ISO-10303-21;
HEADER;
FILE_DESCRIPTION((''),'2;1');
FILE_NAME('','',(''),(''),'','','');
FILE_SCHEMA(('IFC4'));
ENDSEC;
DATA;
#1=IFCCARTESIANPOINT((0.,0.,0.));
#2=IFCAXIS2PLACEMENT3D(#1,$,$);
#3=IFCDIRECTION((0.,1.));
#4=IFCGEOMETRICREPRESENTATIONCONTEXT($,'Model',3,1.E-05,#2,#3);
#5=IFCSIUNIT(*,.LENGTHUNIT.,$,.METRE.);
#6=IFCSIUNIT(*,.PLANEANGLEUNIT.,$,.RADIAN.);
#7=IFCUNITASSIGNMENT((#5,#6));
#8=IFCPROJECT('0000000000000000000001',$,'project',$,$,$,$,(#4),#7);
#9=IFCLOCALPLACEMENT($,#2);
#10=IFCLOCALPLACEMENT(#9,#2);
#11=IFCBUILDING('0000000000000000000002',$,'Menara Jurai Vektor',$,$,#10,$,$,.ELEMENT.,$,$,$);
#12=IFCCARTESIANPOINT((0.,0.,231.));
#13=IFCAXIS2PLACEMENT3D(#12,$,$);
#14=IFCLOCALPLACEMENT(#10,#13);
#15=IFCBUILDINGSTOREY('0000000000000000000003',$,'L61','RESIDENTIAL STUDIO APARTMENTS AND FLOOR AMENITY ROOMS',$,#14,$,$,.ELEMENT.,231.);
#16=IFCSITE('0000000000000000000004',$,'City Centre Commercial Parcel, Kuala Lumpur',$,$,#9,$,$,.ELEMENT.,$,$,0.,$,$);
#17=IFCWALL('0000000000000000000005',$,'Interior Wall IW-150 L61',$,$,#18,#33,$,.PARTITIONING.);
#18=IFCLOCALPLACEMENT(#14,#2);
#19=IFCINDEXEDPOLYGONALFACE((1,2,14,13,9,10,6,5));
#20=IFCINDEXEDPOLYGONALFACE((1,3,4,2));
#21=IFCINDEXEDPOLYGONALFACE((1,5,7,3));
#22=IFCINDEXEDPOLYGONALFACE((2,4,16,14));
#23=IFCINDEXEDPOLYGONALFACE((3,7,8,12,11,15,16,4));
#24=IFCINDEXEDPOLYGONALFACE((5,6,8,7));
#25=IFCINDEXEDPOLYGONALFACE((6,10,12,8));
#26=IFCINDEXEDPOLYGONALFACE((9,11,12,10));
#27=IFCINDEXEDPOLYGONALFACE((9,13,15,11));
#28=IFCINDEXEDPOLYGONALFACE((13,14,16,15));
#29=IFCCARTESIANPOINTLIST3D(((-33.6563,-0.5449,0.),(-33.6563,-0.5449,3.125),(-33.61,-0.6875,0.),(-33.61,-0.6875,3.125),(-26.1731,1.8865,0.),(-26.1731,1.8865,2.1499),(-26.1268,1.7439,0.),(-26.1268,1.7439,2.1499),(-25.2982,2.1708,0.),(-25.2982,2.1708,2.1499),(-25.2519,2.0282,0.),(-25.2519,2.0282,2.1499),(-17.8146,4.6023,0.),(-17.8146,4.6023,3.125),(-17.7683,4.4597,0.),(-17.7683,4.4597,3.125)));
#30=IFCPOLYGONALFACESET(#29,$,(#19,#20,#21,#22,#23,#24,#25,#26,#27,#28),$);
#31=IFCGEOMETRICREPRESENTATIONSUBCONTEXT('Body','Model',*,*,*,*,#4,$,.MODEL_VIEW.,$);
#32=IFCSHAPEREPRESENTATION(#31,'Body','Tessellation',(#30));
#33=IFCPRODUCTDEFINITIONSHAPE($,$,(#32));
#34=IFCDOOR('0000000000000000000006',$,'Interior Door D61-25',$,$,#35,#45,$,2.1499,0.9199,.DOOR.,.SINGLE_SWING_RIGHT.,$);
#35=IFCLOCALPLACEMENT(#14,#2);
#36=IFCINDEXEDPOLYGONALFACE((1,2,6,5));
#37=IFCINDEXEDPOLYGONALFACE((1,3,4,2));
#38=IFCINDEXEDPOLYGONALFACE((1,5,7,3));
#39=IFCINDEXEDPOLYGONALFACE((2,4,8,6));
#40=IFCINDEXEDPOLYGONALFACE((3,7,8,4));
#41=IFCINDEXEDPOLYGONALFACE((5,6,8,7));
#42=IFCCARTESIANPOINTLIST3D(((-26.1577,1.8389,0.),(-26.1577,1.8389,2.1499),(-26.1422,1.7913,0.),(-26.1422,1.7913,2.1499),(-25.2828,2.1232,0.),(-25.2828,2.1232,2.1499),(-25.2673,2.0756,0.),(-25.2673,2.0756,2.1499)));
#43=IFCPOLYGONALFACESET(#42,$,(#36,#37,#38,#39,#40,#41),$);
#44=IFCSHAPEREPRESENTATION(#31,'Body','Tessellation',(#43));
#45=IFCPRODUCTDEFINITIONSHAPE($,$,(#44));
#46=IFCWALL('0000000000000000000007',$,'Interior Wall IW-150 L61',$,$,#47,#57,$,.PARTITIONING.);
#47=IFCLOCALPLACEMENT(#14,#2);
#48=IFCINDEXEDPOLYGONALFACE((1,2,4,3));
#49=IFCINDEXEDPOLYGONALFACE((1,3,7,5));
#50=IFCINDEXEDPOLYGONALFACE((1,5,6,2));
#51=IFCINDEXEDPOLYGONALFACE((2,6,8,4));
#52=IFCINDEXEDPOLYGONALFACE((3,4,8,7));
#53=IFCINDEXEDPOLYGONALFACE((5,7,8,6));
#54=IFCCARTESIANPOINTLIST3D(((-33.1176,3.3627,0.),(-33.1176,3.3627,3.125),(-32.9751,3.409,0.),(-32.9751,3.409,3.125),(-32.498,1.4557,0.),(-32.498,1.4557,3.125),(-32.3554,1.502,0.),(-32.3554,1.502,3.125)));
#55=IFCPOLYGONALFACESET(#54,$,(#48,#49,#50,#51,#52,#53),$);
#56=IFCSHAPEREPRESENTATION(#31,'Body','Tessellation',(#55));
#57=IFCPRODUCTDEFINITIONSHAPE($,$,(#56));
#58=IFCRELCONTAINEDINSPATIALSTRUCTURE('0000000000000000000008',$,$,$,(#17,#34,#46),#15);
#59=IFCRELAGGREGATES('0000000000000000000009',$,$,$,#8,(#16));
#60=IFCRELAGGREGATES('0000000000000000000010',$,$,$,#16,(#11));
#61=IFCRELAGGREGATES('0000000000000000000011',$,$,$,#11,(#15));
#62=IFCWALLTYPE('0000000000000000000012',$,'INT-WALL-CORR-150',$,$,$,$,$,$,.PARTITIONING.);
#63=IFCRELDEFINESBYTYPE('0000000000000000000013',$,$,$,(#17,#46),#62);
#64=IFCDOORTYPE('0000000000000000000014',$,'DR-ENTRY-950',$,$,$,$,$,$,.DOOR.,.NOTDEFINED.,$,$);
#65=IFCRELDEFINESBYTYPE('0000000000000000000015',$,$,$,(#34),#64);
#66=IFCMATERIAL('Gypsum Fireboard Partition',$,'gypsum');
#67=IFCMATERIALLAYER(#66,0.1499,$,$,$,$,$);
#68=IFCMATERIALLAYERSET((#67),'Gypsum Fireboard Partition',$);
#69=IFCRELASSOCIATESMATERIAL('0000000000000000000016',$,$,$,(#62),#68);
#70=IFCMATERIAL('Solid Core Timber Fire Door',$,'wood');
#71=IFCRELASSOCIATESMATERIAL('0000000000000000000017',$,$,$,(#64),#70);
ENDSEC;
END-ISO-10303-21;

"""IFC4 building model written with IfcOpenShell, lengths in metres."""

from ifc_helpers import new_model, si_unit, direction, frame, frame_2d, origin, place, context, subcontext, project, spatial, rectangle, extrude, material, layer, layer_set, type_object, element, fill, save


model = new_model("IFC4")

# Units and contexts
model_context = context("Model", 3, precision=1e-05, world=origin(), true_north=direction((0.0, 1.0)))
body_context = subcontext(model_context, "Body", "Model", "MODEL_VIEW")
ifc_project = project(units=[si_unit("LENGTHUNIT", "METRE"), si_unit("PLANEANGLEUNIT", "RADIAN")], contexts=[model_context])

# Site, building, storey
site_placement = place(None, origin())
site = spatial("IfcSite", under=ifc_project, at=site_placement, Name="City Centre Commercial Parcel, Kuala Lumpur", CompositionType="ELEMENT", RefElevation=0.0)
building_placement = place(site_placement, origin())
building = spatial("IfcBuilding", under=site, at=building_placement, Name="Menara Jurai Vektor", CompositionType="ELEMENT")
storey_placement = place(building_placement, frame((0.0, 0.0, 231.0)))
storey = spatial("IfcBuildingStorey", under=building, at=storey_placement, Name="L61", Description="RESIDENTIAL STUDIO APARTMENTS AND FLOOR AMENITY ROOMS", CompositionType="ELEMENT", Elevation=231.0)

# Shared definitions
ifc_material_1 = material(Name="Gypsum Fireboard Partition", Category="gypsum")
ifc_layer_1 = layer(ifc_material_1, 0.1499)
ifc_layer_set_1 = layer_set([ifc_layer_1], Name="Gypsum Fireboard Partition")
wall_type = type_object("IfcWallType", Name="INT-WALL-CORR-150", PredefinedType="PARTITIONING", material=ifc_layer_set_1)
ifc_material_2 = material(Name="Solid Core Timber Fire Door", Category="wood")
door_type_1 = type_object("IfcDoorType", Name="DR-ENTRY-950", OperationType="NOTDEFINED", PredefinedType="DOOR", material=ifc_material_2)

# Wall, opening, door
wall_1_placement = place(storey_placement, frame((-33.6333, -0.6162, 0.0), z_axis=(0.0, 0.0, 1.0), x_axis=(0.951058, 0.309012, 0.0)))
wall_1 = element("IfcWall", 1, at=wall_1_placement, inside=storey, type_object=wall_type, Name="Interior Wall IW-150 L61", PredefinedType="PARTITIONING", context=body_context, shape_type="SweptSolid", body=[
    extrude(rectangle(XDim=16.657, YDim=0.1499, at=frame_2d((8.3286, 0.0))), origin(), (0.0, 0.0, 1.0), 3.125),
])
opening_1_placement = place(wall_1_placement, frame((7.8684, 0.0, 0.0)))
opening_1 = element("IfcOpeningElement", 2, at=opening_1_placement, cuts=wall_1, PredefinedType="OPENING", context=body_context, shape_type="SweptSolid", body=[
    extrude(rectangle(XDim=0.9199, YDim=2.1499, at=frame_2d((0.46, 1.075))), frame((0.0, 0.085, 0.0), z_axis=(0.0, -1.0, 0.0), x_axis=(1.0, 0.0, 0.0)), (0.0, 0.0, 1.0), 0.1699),
])
door_1_placement = place(opening_1_placement, origin())
door_1 = element("IfcDoor", 3, at=door_1_placement, inside=storey, type_object=door_type_1, Name="Interior Door D61-25", OperationType="SINGLE_SWING_RIGHT", OverallHeight=2.1499, OverallWidth=0.9199, PredefinedType="DOOR", context=body_context, shape_type="SweptSolid", body=[
    extrude(rectangle(XDim=0.9199, YDim=2.1499, at=frame_2d((0.46, 1.075))), frame((0.0, 0.0249, 0.0), z_axis=(0.0, -1.0, 0.0), x_axis=(1.0, 0.0, 0.0)), (0.0, 0.0, 1.0), 0.05),
])
fill(opening_1, door_1)

# Wall
wall_2_placement = place(storey_placement, frame((-32.4268, 1.479, 0.0), z_axis=(0.0, 0.0, 1.0), x_axis=(-0.309023, 0.951055, 0.0)))
element("IfcWall", 4, at=wall_2_placement, inside=storey, type_object=wall_type, Name="Interior Wall IW-150 L61", PredefinedType="PARTITIONING", context=body_context, shape_type="SweptSolid", body=[
    extrude(rectangle(XDim=2.0051, YDim=0.1499, at=frame_2d((1.0024, 0.0))), origin(), (0.0, 0.0, 1.0), 3.125),
])

save(model, "model.ifc")
